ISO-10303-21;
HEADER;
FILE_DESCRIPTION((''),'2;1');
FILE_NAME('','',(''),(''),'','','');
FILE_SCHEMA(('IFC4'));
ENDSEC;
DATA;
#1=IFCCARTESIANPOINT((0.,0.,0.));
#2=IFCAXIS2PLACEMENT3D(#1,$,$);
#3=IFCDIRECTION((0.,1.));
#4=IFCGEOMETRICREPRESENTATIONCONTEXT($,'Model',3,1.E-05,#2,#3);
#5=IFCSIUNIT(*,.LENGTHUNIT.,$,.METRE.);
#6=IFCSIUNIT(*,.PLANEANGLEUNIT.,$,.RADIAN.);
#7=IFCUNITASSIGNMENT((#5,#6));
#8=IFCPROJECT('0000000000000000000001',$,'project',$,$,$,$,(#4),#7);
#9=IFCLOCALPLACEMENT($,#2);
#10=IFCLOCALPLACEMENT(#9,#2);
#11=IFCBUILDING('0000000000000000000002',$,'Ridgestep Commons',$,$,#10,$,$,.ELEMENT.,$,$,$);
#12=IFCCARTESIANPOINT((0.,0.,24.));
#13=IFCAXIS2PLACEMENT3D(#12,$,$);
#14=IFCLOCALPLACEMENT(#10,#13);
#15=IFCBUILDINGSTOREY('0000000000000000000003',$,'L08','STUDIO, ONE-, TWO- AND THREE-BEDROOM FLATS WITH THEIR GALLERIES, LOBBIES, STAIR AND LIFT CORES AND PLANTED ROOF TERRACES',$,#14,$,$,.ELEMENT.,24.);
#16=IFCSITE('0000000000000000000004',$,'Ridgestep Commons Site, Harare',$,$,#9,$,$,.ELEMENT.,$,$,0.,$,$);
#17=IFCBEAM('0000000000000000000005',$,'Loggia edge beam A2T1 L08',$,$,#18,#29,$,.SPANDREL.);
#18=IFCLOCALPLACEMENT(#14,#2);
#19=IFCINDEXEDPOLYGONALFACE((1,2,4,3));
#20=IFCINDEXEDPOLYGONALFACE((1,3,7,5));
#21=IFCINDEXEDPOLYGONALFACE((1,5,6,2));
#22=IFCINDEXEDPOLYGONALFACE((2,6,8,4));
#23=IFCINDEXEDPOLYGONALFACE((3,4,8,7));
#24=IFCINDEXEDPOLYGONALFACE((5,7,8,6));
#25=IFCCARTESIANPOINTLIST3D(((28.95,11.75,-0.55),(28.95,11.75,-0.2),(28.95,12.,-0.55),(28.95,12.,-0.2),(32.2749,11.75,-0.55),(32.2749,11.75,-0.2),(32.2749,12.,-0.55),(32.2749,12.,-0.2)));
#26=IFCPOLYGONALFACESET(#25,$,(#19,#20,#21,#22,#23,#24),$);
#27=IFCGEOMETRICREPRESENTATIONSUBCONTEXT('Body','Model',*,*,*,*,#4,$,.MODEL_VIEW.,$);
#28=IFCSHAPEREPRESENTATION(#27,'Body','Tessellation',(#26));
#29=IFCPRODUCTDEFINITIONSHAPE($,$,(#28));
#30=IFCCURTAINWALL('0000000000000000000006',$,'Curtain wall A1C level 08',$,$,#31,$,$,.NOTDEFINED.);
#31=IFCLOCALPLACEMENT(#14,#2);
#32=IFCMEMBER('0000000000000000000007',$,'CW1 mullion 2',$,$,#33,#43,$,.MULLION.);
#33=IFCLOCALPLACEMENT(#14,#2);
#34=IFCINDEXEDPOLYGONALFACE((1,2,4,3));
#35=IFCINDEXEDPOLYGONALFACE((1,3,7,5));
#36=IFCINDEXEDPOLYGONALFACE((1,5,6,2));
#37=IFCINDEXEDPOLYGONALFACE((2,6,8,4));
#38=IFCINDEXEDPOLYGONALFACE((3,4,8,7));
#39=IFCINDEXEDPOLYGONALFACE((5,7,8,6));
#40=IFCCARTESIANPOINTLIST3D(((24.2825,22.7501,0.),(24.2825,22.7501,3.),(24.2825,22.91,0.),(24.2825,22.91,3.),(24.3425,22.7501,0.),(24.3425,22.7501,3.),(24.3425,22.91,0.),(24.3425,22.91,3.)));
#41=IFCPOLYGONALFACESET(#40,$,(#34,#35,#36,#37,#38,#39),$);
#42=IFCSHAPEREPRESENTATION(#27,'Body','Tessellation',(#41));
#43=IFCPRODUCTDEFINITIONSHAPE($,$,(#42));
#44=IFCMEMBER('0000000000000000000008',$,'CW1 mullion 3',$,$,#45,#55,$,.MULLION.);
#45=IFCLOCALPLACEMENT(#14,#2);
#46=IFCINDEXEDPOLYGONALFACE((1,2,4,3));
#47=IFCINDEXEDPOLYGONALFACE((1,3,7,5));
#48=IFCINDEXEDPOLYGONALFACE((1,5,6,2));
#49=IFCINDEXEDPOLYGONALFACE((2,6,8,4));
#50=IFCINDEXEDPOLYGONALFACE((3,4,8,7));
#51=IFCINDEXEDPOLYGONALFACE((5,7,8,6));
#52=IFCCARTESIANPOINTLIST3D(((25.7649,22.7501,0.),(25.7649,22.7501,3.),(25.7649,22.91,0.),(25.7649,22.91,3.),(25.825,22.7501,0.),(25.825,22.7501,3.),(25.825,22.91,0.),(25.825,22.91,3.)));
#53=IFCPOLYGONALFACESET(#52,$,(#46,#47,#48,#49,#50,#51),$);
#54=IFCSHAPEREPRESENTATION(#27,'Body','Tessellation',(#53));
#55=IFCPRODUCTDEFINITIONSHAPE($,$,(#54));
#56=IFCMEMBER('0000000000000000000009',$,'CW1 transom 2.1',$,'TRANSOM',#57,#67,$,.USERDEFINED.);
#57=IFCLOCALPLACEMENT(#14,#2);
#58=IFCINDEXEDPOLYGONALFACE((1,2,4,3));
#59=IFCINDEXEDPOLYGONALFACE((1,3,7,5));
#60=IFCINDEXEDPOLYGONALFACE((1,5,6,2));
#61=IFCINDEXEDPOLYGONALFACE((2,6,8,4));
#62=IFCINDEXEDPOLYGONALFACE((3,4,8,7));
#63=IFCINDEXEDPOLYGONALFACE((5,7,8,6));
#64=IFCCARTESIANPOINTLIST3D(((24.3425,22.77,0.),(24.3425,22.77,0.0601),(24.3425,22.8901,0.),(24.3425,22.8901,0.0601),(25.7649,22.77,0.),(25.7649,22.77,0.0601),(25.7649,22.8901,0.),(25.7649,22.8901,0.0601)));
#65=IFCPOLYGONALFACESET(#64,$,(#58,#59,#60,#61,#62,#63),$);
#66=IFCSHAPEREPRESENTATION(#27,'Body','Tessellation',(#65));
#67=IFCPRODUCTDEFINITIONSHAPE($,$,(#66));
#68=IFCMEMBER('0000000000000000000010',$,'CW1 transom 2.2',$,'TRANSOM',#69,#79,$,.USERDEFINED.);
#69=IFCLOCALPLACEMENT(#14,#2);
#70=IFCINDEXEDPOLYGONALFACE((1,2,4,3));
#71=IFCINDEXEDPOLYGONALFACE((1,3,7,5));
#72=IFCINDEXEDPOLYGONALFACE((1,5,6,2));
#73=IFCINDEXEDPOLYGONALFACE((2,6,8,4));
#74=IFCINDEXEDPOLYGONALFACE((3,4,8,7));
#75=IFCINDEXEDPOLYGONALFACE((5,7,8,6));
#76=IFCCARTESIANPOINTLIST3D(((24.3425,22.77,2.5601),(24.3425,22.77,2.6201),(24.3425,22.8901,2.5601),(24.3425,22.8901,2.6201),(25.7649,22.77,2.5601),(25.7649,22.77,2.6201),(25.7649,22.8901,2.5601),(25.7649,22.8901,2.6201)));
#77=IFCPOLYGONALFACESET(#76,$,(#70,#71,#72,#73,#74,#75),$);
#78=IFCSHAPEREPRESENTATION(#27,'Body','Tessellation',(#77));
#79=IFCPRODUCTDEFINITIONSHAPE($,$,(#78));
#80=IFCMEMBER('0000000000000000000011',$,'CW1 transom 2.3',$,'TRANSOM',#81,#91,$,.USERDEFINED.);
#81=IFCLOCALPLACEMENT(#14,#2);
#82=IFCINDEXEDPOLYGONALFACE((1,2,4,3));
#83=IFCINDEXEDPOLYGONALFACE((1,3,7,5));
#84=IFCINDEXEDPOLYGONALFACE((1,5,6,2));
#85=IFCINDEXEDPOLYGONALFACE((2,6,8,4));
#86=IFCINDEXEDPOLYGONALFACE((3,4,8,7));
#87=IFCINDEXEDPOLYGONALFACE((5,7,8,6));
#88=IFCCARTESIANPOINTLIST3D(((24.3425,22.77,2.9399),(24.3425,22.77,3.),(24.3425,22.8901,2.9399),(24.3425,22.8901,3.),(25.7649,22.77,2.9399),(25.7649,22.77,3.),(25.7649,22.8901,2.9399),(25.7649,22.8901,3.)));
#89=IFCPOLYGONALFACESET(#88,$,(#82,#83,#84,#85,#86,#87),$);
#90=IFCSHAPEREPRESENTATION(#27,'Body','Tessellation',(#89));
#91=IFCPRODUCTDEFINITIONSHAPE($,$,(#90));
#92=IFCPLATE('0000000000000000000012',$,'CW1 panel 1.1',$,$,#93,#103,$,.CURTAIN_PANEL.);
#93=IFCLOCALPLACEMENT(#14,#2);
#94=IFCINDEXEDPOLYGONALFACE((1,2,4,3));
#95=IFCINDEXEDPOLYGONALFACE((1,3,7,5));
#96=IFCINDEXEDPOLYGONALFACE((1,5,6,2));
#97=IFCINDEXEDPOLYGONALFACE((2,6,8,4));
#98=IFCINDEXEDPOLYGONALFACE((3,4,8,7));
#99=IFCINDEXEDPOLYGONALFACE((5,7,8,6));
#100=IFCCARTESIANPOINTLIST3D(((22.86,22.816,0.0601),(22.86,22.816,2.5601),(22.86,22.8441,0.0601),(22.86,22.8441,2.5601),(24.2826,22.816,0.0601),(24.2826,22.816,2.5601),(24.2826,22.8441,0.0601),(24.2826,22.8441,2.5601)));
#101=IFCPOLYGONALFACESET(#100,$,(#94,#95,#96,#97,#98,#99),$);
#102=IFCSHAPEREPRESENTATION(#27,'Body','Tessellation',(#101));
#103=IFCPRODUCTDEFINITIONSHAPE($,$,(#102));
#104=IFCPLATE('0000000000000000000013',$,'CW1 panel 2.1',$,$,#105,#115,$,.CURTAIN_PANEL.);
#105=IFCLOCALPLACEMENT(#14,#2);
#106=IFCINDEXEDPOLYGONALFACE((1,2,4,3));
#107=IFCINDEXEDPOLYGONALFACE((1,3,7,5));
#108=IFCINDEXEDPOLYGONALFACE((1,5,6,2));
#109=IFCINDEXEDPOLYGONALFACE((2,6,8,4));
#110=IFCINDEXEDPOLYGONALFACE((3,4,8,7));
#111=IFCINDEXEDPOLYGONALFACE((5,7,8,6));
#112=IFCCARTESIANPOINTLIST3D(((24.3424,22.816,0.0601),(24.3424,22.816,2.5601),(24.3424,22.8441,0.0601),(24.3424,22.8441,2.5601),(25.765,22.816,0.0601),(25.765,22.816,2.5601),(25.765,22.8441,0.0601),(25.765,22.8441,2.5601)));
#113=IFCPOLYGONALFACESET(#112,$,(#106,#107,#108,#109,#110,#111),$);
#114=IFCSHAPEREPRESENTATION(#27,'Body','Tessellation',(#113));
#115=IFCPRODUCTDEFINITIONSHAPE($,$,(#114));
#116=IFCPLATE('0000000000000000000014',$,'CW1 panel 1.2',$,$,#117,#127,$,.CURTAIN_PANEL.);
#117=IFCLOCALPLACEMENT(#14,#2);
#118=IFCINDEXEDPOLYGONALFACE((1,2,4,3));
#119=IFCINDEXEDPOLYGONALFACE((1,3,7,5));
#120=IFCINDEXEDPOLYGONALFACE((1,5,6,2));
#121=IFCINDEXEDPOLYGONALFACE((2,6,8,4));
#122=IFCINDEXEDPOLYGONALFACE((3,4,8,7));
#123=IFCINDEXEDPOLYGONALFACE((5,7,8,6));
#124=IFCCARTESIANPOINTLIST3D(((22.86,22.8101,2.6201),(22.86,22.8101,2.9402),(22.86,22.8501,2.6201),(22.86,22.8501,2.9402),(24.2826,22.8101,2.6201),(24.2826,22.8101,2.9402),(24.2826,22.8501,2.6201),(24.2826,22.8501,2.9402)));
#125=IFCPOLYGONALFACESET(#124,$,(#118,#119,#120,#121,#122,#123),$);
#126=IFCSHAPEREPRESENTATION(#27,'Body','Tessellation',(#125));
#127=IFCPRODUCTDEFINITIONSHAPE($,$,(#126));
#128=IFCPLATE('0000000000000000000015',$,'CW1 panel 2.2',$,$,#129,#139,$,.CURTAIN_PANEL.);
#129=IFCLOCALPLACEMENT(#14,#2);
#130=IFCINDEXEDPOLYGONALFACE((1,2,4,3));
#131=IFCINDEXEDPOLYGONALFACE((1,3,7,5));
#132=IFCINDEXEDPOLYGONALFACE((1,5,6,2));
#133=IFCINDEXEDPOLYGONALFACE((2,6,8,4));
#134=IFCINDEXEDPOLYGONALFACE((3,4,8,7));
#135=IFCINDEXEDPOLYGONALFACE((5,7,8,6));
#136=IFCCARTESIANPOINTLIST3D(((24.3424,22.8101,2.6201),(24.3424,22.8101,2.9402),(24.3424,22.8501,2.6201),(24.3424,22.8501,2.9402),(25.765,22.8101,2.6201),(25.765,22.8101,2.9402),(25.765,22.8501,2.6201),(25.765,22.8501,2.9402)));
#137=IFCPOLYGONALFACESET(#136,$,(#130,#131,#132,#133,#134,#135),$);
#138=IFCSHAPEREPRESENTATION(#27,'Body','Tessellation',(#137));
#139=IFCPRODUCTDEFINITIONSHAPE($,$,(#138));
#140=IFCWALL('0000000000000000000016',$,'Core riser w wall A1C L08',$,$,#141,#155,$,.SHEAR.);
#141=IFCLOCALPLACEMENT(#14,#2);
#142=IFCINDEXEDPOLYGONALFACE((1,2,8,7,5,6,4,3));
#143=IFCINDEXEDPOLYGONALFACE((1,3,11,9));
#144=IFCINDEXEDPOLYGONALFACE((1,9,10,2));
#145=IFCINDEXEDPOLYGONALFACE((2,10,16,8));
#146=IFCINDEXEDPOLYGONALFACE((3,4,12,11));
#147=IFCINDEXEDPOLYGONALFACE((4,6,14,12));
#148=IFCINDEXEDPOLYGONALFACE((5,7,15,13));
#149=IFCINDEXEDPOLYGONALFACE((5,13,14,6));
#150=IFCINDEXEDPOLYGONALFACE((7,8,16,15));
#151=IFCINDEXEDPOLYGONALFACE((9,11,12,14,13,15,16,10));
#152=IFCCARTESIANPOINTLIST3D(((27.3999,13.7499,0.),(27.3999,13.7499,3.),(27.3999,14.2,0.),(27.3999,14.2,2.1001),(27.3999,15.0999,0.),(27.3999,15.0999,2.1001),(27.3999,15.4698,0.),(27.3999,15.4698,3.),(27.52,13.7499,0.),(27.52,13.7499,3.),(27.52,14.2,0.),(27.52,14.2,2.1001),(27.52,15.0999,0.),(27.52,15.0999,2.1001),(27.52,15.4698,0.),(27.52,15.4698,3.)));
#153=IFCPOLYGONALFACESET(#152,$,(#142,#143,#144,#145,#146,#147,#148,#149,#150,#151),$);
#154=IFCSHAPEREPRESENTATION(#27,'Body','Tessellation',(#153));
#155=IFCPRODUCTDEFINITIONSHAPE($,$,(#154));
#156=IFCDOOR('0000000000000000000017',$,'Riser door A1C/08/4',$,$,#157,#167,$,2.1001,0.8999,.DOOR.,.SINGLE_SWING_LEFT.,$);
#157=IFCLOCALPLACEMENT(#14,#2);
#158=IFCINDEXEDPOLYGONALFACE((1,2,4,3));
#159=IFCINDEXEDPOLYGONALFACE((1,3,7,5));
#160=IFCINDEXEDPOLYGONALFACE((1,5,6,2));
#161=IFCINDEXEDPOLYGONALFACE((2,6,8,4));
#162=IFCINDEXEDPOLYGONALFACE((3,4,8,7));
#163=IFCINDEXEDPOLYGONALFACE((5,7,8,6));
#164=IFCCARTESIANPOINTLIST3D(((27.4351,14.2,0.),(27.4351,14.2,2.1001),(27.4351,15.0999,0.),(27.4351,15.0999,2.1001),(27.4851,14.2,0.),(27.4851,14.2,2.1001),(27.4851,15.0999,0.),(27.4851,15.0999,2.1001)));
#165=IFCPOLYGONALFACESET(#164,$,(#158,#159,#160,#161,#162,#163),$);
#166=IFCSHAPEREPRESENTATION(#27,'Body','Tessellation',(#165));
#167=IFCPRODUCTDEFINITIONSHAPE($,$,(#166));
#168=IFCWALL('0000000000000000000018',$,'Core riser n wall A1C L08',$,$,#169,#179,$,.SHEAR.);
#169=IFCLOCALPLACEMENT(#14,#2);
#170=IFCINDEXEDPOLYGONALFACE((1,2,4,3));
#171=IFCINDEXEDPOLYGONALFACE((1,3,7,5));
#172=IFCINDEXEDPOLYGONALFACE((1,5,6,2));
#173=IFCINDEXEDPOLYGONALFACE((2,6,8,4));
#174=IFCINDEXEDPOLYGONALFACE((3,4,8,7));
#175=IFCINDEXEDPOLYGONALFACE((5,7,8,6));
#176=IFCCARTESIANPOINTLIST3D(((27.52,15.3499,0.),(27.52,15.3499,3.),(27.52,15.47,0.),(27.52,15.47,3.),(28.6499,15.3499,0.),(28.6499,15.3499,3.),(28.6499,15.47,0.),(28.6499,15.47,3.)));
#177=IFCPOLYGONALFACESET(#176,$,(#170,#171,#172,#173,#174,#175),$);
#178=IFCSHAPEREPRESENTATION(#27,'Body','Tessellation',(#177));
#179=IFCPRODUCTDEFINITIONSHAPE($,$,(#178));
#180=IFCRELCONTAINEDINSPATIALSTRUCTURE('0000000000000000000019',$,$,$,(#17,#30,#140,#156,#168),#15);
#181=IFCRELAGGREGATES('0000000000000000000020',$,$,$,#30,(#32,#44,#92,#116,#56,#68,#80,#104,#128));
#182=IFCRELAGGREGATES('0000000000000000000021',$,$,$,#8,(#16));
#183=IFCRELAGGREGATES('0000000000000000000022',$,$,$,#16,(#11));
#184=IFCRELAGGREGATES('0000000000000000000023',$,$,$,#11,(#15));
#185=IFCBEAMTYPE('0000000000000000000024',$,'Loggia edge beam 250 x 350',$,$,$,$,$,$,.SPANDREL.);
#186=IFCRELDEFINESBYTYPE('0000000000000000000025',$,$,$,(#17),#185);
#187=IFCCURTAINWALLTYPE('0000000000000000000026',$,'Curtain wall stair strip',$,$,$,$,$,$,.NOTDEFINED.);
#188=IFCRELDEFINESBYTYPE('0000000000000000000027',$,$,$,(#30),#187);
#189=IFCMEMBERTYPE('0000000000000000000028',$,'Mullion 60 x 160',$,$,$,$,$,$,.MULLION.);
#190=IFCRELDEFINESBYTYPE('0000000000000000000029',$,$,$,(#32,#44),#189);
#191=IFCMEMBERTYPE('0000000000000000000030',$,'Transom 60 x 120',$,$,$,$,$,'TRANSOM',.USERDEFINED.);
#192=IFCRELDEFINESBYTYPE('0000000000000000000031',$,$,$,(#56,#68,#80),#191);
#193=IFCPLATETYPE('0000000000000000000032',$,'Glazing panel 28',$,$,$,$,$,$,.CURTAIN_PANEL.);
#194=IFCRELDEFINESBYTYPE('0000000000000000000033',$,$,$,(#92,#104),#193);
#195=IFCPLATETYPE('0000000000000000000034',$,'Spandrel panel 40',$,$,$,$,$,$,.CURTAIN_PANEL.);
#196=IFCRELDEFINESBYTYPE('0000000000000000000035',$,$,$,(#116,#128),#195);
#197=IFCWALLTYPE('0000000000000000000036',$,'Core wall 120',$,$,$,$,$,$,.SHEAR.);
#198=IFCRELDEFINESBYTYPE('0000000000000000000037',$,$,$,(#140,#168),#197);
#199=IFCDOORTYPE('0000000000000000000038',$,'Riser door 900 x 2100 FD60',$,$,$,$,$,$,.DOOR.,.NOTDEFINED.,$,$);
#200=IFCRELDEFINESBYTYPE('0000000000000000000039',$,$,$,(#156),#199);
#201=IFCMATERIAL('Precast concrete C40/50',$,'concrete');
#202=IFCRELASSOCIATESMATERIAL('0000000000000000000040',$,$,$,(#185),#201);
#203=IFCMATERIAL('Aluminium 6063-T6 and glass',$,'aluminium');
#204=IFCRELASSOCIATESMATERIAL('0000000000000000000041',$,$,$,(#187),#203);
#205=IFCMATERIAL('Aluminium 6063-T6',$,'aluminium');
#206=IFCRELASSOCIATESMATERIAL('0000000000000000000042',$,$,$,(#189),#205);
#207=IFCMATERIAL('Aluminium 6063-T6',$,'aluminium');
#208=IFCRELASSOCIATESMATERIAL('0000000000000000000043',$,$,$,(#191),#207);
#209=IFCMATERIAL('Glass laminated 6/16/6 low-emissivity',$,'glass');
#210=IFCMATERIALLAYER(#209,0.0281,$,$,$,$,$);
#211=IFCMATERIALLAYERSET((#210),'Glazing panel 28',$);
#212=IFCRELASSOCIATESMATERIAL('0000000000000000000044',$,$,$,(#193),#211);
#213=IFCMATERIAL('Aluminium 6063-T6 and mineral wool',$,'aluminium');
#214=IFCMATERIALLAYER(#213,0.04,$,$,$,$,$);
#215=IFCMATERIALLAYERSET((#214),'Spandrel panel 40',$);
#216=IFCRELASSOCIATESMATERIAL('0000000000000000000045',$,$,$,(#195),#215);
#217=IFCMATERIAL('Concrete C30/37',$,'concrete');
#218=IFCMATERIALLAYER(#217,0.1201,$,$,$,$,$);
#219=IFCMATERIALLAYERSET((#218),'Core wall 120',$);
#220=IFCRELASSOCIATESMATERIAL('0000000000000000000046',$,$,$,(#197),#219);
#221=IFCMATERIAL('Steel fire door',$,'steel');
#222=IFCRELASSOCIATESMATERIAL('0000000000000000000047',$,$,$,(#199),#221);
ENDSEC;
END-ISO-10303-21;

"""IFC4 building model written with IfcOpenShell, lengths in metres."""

from ifc_helpers import new_model, si_unit, direction, frame, frame_2d, origin, origin_2d, place, context, subcontext, project, spatial, rectangle, extrude, material, layer, layer_set, material_profile, profile_set, type_object, element, fill, aggregate, save


model = new_model("IFC4")

# Units and contexts
model_context = context("Model", 3, precision=1e-05, world=origin(), true_north=direction((0.0, 1.0)))
body_context = subcontext(model_context, "Body", "Model", "MODEL_VIEW")
ifc_project = project(units=[si_unit("LENGTHUNIT", "METRE"), si_unit("PLANEANGLEUNIT", "RADIAN")], contexts=[model_context])

# Site, building, storey
site_placement = place(None, origin())
site = spatial("IfcSite", under=ifc_project, at=site_placement, Name="Ridgestep Commons Site, Harare", CompositionType="ELEMENT", RefElevation=0.0)
building_placement = place(site_placement, origin())
building = spatial("IfcBuilding", under=site, at=building_placement, Name="Ridgestep Commons", CompositionType="ELEMENT")
storey_placement = place(building_placement, frame((0.0, 0.0, 24.0)))
storey = spatial("IfcBuildingStorey", under=building, at=storey_placement, Name="L08", Description="STUDIO, ONE-, TWO- AND THREE-BEDROOM FLATS WITH THEIR GALLERIES, LOBBIES, STAIR AND LIFT CORES AND PLANTED ROOF TERRACES", CompositionType="ELEMENT", Elevation=24.0)

# Beam
ifc_material_1 = material(Name="Precast concrete C40/50", Category="concrete")
ifc_material_profile_1 = material_profile(ifc_material_1, rectangle(XDim=0.25, YDim=0.3501, at=origin_2d()), Name="PC 250x350")
ifc_profile_set_1 = profile_set([ifc_material_profile_1], Name="Precast concrete C40/50")
beam_type = type_object("IfcBeamType", Name="Loggia edge beam 250 x 350", PredefinedType="SPANDREL", material=ifc_profile_set_1)
beam_placement = place(storey_placement, frame((28.95, 11.875, -0.375), z_axis=(1.0, 0.0, 0.0), x_axis=(0.0, 1.0, 0.0)))
element("IfcBeam", 1, at=beam_placement, inside=storey, type_object=beam_type, Name="Loggia edge beam A2T1 L08", PredefinedType="SPANDREL", context=body_context, shape_type="SweptSolid", body=[
    extrude(rectangle(XDim=0.25, YDim=0.3501, at=origin_2d()), origin(), (0.0, 0.0, 1.0), 3.325),
])

# Curtain wall, members, plates
ifc_material_2 = material(Name="Aluminium 6063-T6 and glass", Category="aluminium")
curtain_wall_type = type_object("IfcCurtainWallType", Name="Curtain wall stair strip", PredefinedType="NOTDEFINED", material=ifc_material_2)
curtain_wall_placement = place(storey_placement, origin())
curtain_wall = element("IfcCurtainWall", 2, at=curtain_wall_placement, inside=storey, type_object=curtain_wall_type, Name="Curtain wall A1C level 08", PredefinedType="NOTDEFINED")
ifc_material_3 = material(Name="Aluminium 6063-T6", Category="aluminium")
ifc_material_profile_2 = material_profile(ifc_material_3, rectangle(XDim=0.1599, YDim=0.0601, at=origin_2d()), Name="Mullion 60 x 160")
ifc_profile_set_2 = profile_set([ifc_material_profile_2], Name="Aluminium 6063-T6")
member_type_1 = type_object("IfcMemberType", Name="Mullion 60 x 160", PredefinedType="MULLION", material=ifc_profile_set_2)
member_1_placement = place(storey_placement, frame((24.3125, 22.8301, 0.0), z_axis=(0.0, 0.0, 1.0), x_axis=(0.0, 1.0, 0.0)))
member_1 = element("IfcMember", 3, at=member_1_placement, type_object=member_type_1, Name="CW1 mullion 2", PredefinedType="MULLION", context=body_context, shape_type="SweptSolid", body=[
    extrude(rectangle(XDim=0.1599, YDim=0.0601, at=origin_2d()), origin(), (0.0, 0.0, 1.0), 3.0),
])
member_2_placement = place(storey_placement, frame((25.7949, 22.8301, 0.0), z_axis=(0.0, 0.0, 1.0), x_axis=(0.0, 1.0, 0.0)))
member_2 = element("IfcMember", 4, at=member_2_placement, type_object=member_type_1, Name="CW1 mullion 3", PredefinedType="MULLION", context=body_context, shape_type="SweptSolid", body=[
    extrude(rectangle(XDim=0.1599, YDim=0.0601, at=origin_2d()), origin(), (0.0, 0.0, 1.0), 3.0),
])
ifc_material_4 = material(Name="Aluminium 6063-T6", Category="aluminium")
ifc_material_profile_3 = material_profile(ifc_material_4, rectangle(XDim=0.1201, YDim=0.0601, at=origin_2d()), Name="Transom 60 x 120")
ifc_profile_set_3 = profile_set([ifc_material_profile_3], Name="Aluminium 6063-T6")
member_type_2 = type_object("IfcMemberType", Name="Transom 60 x 120", ElementType="TRANSOM", PredefinedType="USERDEFINED", material=ifc_profile_set_3)
member_3_placement = place(storey_placement, frame((24.3425, 22.8301, 0.03), z_axis=(1.0, 0.0, 0.0), x_axis=(0.0, 1.0, 0.0)))
member_3 = element("IfcMember", 5, at=member_3_placement, type_object=member_type_2, Name="CW1 transom 2.1", ObjectType="TRANSOM", PredefinedType="USERDEFINED", context=body_context, shape_type="SweptSolid", body=[
    extrude(rectangle(XDim=0.1201, YDim=0.0601, at=origin_2d()), origin(), (0.0, 0.0, 1.0), 1.4224),
])
member_4_placement = place(storey_placement, frame((24.3425, 22.8301, 2.5901), z_axis=(1.0, 0.0, 0.0), x_axis=(0.0, 1.0, 0.0)))
member_4 = element("IfcMember", 6, at=member_4_placement, type_object=member_type_2, Name="CW1 transom 2.2", ObjectType="TRANSOM", PredefinedType="USERDEFINED", context=body_context, shape_type="SweptSolid", body=[
    extrude(rectangle(XDim=0.1201, YDim=0.0601, at=origin_2d()), origin(), (0.0, 0.0, 1.0), 1.4224),
])
member_5_placement = place(storey_placement, frame((24.3425, 22.8301, 2.97), z_axis=(1.0, 0.0, 0.0), x_axis=(0.0, 1.0, 0.0)))
member_5 = element("IfcMember", 7, at=member_5_placement, type_object=member_type_2, Name="CW1 transom 2.3", ObjectType="TRANSOM", PredefinedType="USERDEFINED", context=body_context, shape_type="SweptSolid", body=[
    extrude(rectangle(XDim=0.1201, YDim=0.0601, at=origin_2d()), origin(), (0.0, 0.0, 1.0), 1.4224),
])
ifc_material_5 = material(Name="Glass laminated 6/16/6 low-emissivity", Category="glass")
ifc_layer_1 = layer(ifc_material_5, 0.0281)
ifc_layer_set_1 = layer_set([ifc_layer_1], Name="Glazing panel 28")
plate_type_1 = type_object("IfcPlateType", Name="Glazing panel 28", PredefinedType="CURTAIN_PANEL", material=ifc_layer_set_1)
plate_1_placement = place(storey_placement, frame((23.5713, 22.8301, 0.0601), z_axis=(0.0, 0.0, 1.0), x_axis=(1.0, 0.0, 0.0)))
plate_1 = element("IfcPlate", 8, at=plate_1_placement, type_object=plate_type_1, Name="CW1 panel 1.1", PredefinedType="CURTAIN_PANEL", context=body_context, shape_type="SweptSolid", body=[
    extrude(rectangle(XDim=1.4226, YDim=0.0281, at=origin_2d()), origin(), (0.0, 0.0, 1.0), 2.5),
])
plate_2_placement = place(storey_placement, frame((25.0537, 22.8301, 0.0601), z_axis=(0.0, 0.0, 1.0), x_axis=(1.0, 0.0, 0.0)))
plate_2 = element("IfcPlate", 9, at=plate_2_placement, type_object=plate_type_1, Name="CW1 panel 2.1", PredefinedType="CURTAIN_PANEL", context=body_context, shape_type="SweptSolid", body=[
    extrude(rectangle(XDim=1.4226, YDim=0.0281, at=origin_2d()), origin(), (0.0, 0.0, 1.0), 2.5),
])
ifc_material_6 = material(Name="Aluminium 6063-T6 and mineral wool", Category="aluminium")
ifc_layer_2 = layer(ifc_material_6, 0.04)
ifc_layer_set_2 = layer_set([ifc_layer_2], Name="Spandrel panel 40")
plate_type_2 = type_object("IfcPlateType", Name="Spandrel panel 40", PredefinedType="CURTAIN_PANEL", material=ifc_layer_set_2)
plate_3_placement = place(storey_placement, frame((23.5713, 22.8301, 2.6201), z_axis=(0.0, 0.0, 1.0), x_axis=(1.0, 0.0, 0.0)))
plate_3 = element("IfcPlate", 10, at=plate_3_placement, type_object=plate_type_2, Name="CW1 panel 1.2", PredefinedType="CURTAIN_PANEL", context=body_context, shape_type="SweptSolid", body=[
    extrude(rectangle(XDim=1.4226, YDim=0.04, at=origin_2d()), origin(), (0.0, 0.0, 1.0), 0.3201),
])
plate_4_placement = place(storey_placement, frame((25.0537, 22.8301, 2.6201), z_axis=(0.0, 0.0, 1.0), x_axis=(1.0, 0.0, 0.0)))
plate_4 = element("IfcPlate", 11, at=plate_4_placement, type_object=plate_type_2, Name="CW1 panel 2.2", PredefinedType="CURTAIN_PANEL", context=body_context, shape_type="SweptSolid", body=[
    extrude(rectangle(XDim=1.4226, YDim=0.04, at=origin_2d()), origin(), (0.0, 0.0, 1.0), 0.3201),
])
aggregate(curtain_wall, [member_1, member_2, plate_1, plate_3, member_3, member_4, member_5, plate_2, plate_4])

# Wall, opening, door
ifc_material_7 = material(Name="Concrete C30/37", Category="concrete")
ifc_layer_3 = layer(ifc_material_7, 0.1201)
ifc_layer_set_3 = layer_set([ifc_layer_3], Name="Core wall 120")
wall_type_1 = type_object("IfcWallType", Name="Core wall 120", PredefinedType="SHEAR", material=ifc_layer_set_3)
wall_1_placement = place(storey_placement, frame((27.46, 13.75, 0.0), z_axis=(0.0, 0.0, 1.0), x_axis=(0.0, 1.0, 0.0)))
wall_1 = element("IfcWall", 12, at=wall_1_placement, inside=storey, type_object=wall_type_1, Name="Core riser w wall A1C L08", PredefinedType="SHEAR", context=body_context, shape_type="SweptSolid", body=[
    extrude(rectangle(XDim=1.72, YDim=0.1201, at=frame_2d((0.8599, 0.0))), origin(), (0.0, 0.0, 1.0), 3.0),
])
opening_1_placement = place(wall_1_placement, frame((0.45, 0.0, 0.0)))
opening_1 = element("IfcOpeningElement", 13, at=opening_1_placement, cuts=wall_1, PredefinedType="OPENING", context=body_context, shape_type="SweptSolid", body=[
    extrude(rectangle(XDim=0.8999, YDim=2.1001, at=frame_2d((0.45, 1.05))), frame((0.0, 0.0701, 0.0), z_axis=(0.0, -1.0, 0.0), x_axis=(1.0, 0.0, 0.0)), (0.0, 0.0, 1.0), 0.1401),
])
ifc_material_8 = material(Name="Steel fire door", Category="steel")
door_type_1 = type_object("IfcDoorType", Name="Riser door 900 x 2100 FD60", OperationType="NOTDEFINED", PredefinedType="DOOR", material=ifc_material_8)
door_1_placement = place(opening_1_placement, origin())
door_1 = element("IfcDoor", 14, at=door_1_placement, inside=storey, type_object=door_type_1, Name="Riser door A1C/08/4", OperationType="SINGLE_SWING_LEFT", OverallHeight=2.1001, OverallWidth=0.8999, PredefinedType="DOOR", context=body_context, shape_type="SweptSolid", body=[
    extrude(rectangle(XDim=0.8999, YDim=2.1001, at=frame_2d((0.45, 1.05))), frame((0.0, 0.0249, 0.0), z_axis=(0.0, -1.0, 0.0), x_axis=(1.0, 0.0, 0.0)), (0.0, 0.0, 1.0), 0.05),
])
fill(opening_1, door_1)

# Wall
wall_2_placement = place(storey_placement, frame((27.52, 15.4099, 0.0), z_axis=(0.0, 0.0, 1.0), x_axis=(1.0, 0.0, 0.0)))
element("IfcWall", 15, at=wall_2_placement, inside=storey, type_object=wall_type_1, Name="Core riser n wall A1C L08", PredefinedType="SHEAR", context=body_context, shape_type="SweptSolid", body=[
    extrude(rectangle(XDim=1.1299, YDim=0.1201, at=frame_2d((0.5649, 0.0))), origin(), (0.0, 0.0, 1.0), 3.0),
])

save(model, "model.ifc")
